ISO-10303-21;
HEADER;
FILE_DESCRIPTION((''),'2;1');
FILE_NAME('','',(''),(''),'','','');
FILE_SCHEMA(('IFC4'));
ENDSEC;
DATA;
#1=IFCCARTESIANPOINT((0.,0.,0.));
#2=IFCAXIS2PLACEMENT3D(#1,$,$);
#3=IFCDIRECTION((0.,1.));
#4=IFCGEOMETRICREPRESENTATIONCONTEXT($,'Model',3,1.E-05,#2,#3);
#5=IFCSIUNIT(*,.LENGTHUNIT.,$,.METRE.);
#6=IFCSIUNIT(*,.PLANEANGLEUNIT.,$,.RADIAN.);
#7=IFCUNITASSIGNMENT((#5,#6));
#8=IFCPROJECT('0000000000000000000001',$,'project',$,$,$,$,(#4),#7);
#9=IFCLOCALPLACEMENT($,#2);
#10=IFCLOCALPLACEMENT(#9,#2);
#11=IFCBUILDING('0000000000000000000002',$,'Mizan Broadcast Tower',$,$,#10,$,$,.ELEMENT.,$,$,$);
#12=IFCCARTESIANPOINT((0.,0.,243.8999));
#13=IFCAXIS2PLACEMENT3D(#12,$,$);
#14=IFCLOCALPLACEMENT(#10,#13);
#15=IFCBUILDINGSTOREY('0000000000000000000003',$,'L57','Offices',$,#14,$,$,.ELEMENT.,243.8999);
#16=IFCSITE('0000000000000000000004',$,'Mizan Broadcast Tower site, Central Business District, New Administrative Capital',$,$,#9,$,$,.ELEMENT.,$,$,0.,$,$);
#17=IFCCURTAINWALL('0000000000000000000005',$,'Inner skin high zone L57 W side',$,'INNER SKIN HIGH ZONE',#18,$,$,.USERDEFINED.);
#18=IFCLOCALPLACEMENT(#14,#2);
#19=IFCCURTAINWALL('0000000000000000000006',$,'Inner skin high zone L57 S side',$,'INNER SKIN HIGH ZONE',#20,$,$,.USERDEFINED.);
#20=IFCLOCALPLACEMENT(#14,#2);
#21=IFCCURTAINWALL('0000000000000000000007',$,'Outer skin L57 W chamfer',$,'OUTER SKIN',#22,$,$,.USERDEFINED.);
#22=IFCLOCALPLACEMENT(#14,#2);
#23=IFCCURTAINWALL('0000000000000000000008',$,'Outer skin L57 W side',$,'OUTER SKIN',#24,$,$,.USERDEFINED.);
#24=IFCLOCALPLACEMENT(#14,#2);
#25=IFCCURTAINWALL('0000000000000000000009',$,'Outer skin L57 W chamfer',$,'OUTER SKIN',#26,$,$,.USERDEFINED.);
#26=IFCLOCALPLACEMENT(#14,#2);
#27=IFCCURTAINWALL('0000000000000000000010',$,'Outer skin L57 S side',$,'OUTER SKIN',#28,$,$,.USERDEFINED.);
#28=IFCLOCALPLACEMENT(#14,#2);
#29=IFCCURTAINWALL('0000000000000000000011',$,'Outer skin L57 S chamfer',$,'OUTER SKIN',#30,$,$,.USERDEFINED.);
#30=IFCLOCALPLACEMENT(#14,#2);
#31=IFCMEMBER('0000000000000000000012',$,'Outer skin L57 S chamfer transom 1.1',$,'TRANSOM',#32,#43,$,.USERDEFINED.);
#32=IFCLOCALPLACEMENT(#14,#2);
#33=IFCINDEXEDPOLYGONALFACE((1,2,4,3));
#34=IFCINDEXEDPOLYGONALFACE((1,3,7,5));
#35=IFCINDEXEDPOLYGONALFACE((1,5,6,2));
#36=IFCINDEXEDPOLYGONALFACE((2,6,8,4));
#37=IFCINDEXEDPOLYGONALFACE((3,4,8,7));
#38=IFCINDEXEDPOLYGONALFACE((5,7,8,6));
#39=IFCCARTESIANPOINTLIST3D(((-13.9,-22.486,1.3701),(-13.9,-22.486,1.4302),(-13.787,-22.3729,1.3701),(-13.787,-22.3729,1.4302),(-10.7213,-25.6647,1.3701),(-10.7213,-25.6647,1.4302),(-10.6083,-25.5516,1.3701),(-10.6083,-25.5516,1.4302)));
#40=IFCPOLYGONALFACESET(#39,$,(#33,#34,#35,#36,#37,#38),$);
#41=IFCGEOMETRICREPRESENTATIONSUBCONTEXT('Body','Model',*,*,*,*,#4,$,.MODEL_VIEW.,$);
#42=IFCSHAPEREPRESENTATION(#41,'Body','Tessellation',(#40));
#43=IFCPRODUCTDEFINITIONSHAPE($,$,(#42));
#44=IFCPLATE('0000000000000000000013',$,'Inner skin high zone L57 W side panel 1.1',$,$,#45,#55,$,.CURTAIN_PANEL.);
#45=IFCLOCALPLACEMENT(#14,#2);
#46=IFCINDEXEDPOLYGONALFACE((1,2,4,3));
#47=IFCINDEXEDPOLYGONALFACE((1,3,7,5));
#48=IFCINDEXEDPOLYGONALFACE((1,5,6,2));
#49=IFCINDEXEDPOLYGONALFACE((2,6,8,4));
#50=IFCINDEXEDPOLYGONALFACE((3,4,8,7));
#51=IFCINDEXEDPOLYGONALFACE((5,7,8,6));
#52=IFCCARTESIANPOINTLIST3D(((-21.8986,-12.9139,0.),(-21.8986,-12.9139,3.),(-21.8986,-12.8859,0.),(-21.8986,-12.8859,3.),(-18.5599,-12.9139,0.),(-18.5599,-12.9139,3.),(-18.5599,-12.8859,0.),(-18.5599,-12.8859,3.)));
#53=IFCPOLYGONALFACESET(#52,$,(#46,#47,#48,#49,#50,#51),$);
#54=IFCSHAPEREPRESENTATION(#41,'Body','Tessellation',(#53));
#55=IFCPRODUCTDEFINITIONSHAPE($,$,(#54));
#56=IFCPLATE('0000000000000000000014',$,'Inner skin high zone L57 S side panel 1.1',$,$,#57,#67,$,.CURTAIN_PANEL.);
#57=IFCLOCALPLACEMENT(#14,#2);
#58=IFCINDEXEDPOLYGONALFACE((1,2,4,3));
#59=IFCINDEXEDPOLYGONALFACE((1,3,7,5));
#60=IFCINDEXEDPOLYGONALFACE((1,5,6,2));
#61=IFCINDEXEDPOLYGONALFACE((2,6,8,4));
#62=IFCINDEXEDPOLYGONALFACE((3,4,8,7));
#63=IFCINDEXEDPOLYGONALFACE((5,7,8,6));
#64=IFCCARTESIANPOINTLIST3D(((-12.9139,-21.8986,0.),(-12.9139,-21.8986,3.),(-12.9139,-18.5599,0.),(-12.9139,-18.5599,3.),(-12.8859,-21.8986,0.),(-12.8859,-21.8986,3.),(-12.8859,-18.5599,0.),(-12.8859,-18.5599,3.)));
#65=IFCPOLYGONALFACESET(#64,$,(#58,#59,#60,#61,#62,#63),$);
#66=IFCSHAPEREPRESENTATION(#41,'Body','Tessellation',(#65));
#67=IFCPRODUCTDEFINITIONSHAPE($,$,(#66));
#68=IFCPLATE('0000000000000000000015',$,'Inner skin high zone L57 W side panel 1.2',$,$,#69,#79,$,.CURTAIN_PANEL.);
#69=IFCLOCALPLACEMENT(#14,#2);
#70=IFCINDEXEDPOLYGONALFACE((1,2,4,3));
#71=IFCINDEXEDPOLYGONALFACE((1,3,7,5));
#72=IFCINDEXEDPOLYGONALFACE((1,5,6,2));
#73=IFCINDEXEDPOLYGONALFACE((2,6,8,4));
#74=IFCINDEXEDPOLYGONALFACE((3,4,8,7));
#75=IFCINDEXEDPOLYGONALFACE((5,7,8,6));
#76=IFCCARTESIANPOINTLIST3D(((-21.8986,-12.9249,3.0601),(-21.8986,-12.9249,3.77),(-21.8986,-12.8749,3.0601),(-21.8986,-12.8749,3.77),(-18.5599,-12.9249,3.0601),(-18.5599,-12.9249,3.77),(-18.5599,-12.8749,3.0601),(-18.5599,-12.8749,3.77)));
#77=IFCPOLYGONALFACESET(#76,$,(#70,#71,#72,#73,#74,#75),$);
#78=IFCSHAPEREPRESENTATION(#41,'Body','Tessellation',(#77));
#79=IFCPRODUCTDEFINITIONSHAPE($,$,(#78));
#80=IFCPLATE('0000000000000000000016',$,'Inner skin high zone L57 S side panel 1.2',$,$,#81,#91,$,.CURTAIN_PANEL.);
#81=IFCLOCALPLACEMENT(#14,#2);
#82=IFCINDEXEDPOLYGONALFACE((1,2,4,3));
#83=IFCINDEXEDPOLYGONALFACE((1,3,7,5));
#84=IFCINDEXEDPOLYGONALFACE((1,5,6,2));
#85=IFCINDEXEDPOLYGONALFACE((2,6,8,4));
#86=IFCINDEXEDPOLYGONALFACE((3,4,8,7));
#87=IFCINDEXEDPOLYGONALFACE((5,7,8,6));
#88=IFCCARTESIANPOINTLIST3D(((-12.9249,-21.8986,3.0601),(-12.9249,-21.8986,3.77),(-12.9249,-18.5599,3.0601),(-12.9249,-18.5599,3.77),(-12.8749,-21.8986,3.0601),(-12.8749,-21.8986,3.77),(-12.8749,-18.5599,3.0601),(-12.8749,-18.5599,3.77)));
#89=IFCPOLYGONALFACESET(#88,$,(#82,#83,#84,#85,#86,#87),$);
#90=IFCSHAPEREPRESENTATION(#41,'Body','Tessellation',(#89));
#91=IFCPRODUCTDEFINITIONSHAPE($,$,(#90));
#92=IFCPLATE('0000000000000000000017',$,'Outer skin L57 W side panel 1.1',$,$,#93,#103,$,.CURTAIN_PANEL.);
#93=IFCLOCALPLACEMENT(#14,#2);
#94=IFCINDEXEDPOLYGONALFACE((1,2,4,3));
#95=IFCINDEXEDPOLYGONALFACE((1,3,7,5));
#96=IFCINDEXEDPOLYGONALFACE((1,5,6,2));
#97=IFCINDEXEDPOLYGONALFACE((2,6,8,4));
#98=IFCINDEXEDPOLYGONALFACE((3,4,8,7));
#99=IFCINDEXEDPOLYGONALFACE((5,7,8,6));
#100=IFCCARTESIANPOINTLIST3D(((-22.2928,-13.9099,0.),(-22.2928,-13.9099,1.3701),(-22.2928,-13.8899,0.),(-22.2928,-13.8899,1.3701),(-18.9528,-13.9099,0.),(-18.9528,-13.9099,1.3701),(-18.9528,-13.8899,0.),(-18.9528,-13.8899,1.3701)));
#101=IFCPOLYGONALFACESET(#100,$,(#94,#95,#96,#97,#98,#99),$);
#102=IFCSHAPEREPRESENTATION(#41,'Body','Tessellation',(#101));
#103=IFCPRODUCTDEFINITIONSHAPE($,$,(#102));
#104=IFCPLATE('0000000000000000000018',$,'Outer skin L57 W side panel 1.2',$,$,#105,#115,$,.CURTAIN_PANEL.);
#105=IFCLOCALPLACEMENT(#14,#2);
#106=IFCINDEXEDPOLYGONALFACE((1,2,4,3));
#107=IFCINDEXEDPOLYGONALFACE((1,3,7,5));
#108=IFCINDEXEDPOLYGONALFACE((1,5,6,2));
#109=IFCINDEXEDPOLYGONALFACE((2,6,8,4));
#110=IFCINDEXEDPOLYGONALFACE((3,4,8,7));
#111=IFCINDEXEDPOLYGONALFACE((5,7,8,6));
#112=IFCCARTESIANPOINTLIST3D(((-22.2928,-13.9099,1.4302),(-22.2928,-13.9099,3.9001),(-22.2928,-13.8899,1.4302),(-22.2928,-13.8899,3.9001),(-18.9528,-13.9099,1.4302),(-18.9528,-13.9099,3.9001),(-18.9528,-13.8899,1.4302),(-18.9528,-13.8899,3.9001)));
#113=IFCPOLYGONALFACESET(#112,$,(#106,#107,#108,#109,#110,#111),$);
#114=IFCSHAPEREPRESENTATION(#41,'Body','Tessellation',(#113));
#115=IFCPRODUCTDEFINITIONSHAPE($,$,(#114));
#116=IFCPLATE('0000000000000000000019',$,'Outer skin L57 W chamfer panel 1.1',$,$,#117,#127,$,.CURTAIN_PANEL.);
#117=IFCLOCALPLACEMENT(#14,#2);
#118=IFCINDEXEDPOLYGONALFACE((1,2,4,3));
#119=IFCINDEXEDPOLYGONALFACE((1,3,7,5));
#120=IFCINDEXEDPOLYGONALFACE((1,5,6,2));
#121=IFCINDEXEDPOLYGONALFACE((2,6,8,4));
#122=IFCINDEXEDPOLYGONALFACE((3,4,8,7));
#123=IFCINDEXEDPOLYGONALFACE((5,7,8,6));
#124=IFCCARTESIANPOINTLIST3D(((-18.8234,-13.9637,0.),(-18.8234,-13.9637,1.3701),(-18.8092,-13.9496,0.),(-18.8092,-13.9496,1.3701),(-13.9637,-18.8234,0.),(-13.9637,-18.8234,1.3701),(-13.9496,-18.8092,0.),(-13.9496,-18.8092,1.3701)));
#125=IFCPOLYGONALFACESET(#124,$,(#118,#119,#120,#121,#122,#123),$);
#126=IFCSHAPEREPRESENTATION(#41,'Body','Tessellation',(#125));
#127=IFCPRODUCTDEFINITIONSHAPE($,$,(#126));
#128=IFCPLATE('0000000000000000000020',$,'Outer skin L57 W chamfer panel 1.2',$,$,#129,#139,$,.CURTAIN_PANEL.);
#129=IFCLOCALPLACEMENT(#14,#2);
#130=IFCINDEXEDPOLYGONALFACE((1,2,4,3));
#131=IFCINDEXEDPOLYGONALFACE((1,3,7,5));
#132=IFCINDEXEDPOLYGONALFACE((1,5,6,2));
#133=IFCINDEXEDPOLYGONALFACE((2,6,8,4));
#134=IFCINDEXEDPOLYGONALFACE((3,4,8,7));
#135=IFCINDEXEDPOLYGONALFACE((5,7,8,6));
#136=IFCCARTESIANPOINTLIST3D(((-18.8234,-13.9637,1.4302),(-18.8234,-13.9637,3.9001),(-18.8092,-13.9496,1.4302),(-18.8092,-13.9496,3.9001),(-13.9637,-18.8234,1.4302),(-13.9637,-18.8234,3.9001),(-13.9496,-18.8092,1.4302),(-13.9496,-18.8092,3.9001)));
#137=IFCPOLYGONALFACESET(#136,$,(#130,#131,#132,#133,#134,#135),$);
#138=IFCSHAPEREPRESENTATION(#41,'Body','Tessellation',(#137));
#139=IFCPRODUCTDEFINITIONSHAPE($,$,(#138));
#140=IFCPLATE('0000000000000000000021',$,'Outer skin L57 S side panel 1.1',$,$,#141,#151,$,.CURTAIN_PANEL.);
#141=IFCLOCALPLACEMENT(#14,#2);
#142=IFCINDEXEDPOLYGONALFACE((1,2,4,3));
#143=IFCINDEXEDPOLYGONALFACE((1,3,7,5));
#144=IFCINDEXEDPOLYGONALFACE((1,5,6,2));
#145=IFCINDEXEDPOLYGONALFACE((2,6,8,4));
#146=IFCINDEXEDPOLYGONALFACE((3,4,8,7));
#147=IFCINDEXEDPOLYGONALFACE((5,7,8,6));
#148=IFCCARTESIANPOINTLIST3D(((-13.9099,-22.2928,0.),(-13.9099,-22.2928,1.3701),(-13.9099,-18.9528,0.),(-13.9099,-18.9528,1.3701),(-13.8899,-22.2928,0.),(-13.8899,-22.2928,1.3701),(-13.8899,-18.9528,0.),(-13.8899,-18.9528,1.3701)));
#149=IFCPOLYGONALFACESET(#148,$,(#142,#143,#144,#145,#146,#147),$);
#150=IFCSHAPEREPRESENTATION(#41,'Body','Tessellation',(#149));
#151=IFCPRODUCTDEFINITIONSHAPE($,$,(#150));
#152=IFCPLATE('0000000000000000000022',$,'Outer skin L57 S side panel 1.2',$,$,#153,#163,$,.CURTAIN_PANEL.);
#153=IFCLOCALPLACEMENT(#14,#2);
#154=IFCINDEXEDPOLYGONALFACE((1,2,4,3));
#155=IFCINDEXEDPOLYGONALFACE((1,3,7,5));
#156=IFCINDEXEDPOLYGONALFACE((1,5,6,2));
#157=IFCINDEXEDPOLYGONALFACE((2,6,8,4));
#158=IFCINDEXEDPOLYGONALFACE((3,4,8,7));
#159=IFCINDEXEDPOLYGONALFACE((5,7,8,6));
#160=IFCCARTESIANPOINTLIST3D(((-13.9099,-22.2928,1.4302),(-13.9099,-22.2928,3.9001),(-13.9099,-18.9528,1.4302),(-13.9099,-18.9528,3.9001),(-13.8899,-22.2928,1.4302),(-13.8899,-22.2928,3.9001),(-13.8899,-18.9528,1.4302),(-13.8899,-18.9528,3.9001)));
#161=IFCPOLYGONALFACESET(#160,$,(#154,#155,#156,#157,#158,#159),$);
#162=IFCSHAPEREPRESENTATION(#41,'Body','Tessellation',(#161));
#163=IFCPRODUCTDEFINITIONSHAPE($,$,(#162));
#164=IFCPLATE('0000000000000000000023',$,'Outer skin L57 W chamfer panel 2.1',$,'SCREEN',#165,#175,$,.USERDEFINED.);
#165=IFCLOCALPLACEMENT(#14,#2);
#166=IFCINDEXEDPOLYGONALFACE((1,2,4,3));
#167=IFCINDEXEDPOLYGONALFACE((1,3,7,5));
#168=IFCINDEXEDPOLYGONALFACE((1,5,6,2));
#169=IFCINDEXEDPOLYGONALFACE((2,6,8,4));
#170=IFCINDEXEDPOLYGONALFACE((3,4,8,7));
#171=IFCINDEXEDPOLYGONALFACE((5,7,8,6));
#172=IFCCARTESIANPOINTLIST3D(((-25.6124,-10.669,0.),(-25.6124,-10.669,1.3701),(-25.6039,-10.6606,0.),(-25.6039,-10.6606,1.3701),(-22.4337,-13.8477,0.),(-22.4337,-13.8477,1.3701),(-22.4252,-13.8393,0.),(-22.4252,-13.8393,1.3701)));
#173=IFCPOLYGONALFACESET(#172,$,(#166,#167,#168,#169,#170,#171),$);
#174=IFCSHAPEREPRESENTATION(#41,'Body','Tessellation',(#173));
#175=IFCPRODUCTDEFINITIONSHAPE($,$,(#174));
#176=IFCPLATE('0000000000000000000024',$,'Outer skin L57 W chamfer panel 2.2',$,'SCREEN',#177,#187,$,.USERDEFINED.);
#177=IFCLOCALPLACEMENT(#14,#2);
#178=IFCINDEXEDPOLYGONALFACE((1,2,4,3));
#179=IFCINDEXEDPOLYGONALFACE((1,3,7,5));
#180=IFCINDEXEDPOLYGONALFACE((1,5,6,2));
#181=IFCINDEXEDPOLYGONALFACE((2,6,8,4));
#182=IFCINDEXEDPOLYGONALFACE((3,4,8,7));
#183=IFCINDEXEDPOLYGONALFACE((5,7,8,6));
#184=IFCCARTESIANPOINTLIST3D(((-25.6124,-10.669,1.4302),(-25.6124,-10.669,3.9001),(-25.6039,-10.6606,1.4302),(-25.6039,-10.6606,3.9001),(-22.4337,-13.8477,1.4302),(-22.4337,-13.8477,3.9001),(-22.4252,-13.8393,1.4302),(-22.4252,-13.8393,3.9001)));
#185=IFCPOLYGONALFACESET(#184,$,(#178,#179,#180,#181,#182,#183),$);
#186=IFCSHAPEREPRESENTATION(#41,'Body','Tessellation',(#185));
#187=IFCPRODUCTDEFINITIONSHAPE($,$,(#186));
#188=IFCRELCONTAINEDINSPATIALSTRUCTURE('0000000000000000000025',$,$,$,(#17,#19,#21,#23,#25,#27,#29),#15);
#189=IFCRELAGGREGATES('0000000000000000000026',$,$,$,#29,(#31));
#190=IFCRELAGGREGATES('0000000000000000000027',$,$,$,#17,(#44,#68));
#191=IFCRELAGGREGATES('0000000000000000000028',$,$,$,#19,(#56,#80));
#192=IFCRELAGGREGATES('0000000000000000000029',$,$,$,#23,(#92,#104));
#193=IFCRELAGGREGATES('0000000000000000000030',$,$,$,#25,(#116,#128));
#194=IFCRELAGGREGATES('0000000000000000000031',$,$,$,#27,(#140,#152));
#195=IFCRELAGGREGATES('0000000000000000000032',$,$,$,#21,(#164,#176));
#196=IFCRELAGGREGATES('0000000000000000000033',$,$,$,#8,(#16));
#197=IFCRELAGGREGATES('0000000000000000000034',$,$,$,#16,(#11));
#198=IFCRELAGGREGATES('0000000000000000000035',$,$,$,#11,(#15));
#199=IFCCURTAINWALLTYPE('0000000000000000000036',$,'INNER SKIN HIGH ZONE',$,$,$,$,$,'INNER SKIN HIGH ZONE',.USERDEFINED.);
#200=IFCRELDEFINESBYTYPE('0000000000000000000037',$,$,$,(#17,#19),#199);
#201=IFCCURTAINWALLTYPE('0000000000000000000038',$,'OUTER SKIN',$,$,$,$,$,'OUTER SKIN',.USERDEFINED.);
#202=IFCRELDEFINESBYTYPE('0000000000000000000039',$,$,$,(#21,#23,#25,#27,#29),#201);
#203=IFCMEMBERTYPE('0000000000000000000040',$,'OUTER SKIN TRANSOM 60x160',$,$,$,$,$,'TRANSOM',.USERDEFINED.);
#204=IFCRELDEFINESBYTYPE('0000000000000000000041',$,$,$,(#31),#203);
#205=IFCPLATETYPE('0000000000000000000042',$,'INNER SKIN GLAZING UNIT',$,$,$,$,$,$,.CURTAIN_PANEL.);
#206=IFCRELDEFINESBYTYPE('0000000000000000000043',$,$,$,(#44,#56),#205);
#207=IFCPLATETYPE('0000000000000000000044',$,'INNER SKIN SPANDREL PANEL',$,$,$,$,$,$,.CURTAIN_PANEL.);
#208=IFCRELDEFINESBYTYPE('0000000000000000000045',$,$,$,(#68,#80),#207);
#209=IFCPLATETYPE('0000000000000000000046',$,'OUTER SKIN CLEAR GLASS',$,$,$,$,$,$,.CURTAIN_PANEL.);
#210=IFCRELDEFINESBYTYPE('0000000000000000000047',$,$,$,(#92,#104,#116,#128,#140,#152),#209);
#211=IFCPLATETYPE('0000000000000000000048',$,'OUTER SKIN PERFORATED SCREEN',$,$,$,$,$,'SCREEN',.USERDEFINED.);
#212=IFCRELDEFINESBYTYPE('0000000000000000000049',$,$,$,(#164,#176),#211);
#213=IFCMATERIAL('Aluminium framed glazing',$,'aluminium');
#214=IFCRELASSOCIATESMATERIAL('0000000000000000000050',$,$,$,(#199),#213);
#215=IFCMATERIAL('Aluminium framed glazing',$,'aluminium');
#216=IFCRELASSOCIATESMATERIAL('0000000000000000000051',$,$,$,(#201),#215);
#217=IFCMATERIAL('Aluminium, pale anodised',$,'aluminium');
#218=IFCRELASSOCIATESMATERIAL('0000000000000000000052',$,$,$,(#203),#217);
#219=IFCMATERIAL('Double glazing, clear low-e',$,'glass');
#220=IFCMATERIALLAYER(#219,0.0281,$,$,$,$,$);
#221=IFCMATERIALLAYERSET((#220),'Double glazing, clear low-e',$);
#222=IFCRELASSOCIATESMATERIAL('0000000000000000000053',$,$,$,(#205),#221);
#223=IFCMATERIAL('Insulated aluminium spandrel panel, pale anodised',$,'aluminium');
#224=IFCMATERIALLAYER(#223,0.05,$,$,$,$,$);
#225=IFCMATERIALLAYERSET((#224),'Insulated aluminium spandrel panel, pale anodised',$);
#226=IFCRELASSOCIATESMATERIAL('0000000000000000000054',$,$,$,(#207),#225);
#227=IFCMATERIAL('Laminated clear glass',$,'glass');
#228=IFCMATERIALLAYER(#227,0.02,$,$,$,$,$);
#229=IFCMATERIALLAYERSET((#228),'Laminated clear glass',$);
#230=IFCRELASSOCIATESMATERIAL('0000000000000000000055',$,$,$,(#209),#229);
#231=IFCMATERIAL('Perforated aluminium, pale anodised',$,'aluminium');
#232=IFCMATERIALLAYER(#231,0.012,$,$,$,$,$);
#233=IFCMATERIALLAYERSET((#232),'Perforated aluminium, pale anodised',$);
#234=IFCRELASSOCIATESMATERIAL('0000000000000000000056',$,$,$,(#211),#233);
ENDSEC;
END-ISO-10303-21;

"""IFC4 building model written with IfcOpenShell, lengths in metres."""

from ifc_helpers import new_model, si_unit, direction, frame, origin, origin_2d, place, context, subcontext, project, spatial, rectangle, extrude, material, layer, layer_set, material_profile, profile_set, type_object, element, aggregate, save


model = new_model("IFC4")

# Units and contexts
model_context = context("Model", 3, precision=1e-05, world=origin(), true_north=direction((0.0, 1.0)))
body_context = subcontext(model_context, "Body", "Model", "MODEL_VIEW")
ifc_project = project(units=[si_unit("LENGTHUNIT", "METRE"), si_unit("PLANEANGLEUNIT", "RADIAN")], contexts=[model_context])

# Site, building, storey
site_placement = place(None, origin())
site = spatial("IfcSite", under=ifc_project, at=site_placement, Name="Mizan Broadcast Tower site, Central Business District, New Administrative Capital", CompositionType="ELEMENT", RefElevation=0.0)
building_placement = place(site_placement, origin())
building = spatial("IfcBuilding", under=site, at=building_placement, Name="Mizan Broadcast Tower", CompositionType="ELEMENT")
storey_placement = place(building_placement, frame((0.0, 0.0, 243.8999)))
storey = spatial("IfcBuildingStorey", under=building, at=storey_placement, Name="L57", Description="Offices", CompositionType="ELEMENT", Elevation=243.8999)

# Curtain walls
ifc_material_1 = material(Name="Aluminium framed glazing", Category="aluminium")
curtain_wall_type_1 = type_object("IfcCurtainWallType", Name="INNER SKIN HIGH ZONE", ElementType="INNER SKIN HIGH ZONE", PredefinedType="USERDEFINED", material=ifc_material_1)
curtain_wall_1_placement = place(storey_placement, origin())
curtain_wall_1 = element("IfcCurtainWall", 1, at=curtain_wall_1_placement, inside=storey, type_object=curtain_wall_type_1, Name="Inner skin high zone L57 W side", ObjectType="INNER SKIN HIGH ZONE", PredefinedType="USERDEFINED")
curtain_wall_2_placement = place(storey_placement, origin())
curtain_wall_2 = element("IfcCurtainWall", 2, at=curtain_wall_2_placement, inside=storey, type_object=curtain_wall_type_1, Name="Inner skin high zone L57 S side", ObjectType="INNER SKIN HIGH ZONE", PredefinedType="USERDEFINED")

# Curtain walls
ifc_material_2 = material(Name="Aluminium framed glazing", Category="aluminium")
curtain_wall_type_2 = type_object("IfcCurtainWallType", Name="OUTER SKIN", ElementType="OUTER SKIN", PredefinedType="USERDEFINED", material=ifc_material_2)
curtain_wall_3_placement = place(storey_placement, origin())
curtain_wall_3 = element("IfcCurtainWall", 3, at=curtain_wall_3_placement, inside=storey, type_object=curtain_wall_type_2, Name="Outer skin L57 W chamfer", ObjectType="OUTER SKIN", PredefinedType="USERDEFINED")
curtain_wall_4_placement = place(storey_placement, origin())
curtain_wall_4 = element("IfcCurtainWall", 4, at=curtain_wall_4_placement, inside=storey, type_object=curtain_wall_type_2, Name="Outer skin L57 W side", ObjectType="OUTER SKIN", PredefinedType="USERDEFINED")
curtain_wall_5_placement = place(storey_placement, origin())
curtain_wall_5 = element("IfcCurtainWall", 5, at=curtain_wall_5_placement, inside=storey, type_object=curtain_wall_type_2, Name="Outer skin L57 W chamfer", ObjectType="OUTER SKIN", PredefinedType="USERDEFINED")
curtain_wall_6_placement = place(storey_placement, origin())
curtain_wall_6 = element("IfcCurtainWall", 6, at=curtain_wall_6_placement, inside=storey, type_object=curtain_wall_type_2, Name="Outer skin L57 S side", ObjectType="OUTER SKIN", PredefinedType="USERDEFINED")

# Shared definitions
ifc_material_3 = material(Name="Aluminium, pale anodised", Category="aluminium")
ifc_material_profile_1 = material_profile(ifc_material_3, rectangle(XDim=0.1599, YDim=0.0601, at=origin_2d()), Name="TRANSOM 160x60")
ifc_profile_set_1 = profile_set([ifc_material_profile_1], Name="Aluminium, pale anodised")
member_type_1 = type_object("IfcMemberType", Name="OUTER SKIN TRANSOM 60x160", ElementType="TRANSOM", PredefinedType="USERDEFINED", material=ifc_profile_set_1)

# Curtain wall, member
curtain_wall_7_placement = place(storey_placement, origin())
curtain_wall_7 = element("IfcCurtainWall", 7, at=curtain_wall_7_placement, inside=storey, type_object=curtain_wall_type_2, Name="Outer skin L57 S chamfer", ObjectType="OUTER SKIN", PredefinedType="USERDEFINED")
member_1_placement = place(storey_placement, frame((-13.8435, -22.4294, 1.4001), z_axis=(0.707107, -0.707107, 0.0), x_axis=(0.707107, 0.707107, 0.0)))
member_1 = element("IfcMember", 8, at=member_1_placement, type_object=member_type_1, Name="Outer skin L57 S chamfer transom 1.1", ObjectType="TRANSOM", PredefinedType="USERDEFINED", context=body_context, shape_type="SweptSolid", body=[
    extrude(rectangle(XDim=0.1599, YDim=0.0601, at=origin_2d()), origin(), (0.0, 0.0, 1.0), 4.4954),
])
aggregate(curtain_wall_7, [member_1])

# Plates
ifc_material_4 = material(Name="Double glazing, clear low-e", Category="glass")
ifc_layer_1 = layer(ifc_material_4, 0.0281)
ifc_layer_set_1 = layer_set([ifc_layer_1], Name="Double glazing, clear low-e")
plate_type_1 = type_object("IfcPlateType", Name="INNER SKIN GLAZING UNIT", PredefinedType="CURTAIN_PANEL", material=ifc_layer_set_1)
plate_1_placement = place(storey_placement, frame((-20.2292, -12.8999, 0.0), z_axis=(0.0, 0.0, 1.0), x_axis=(1.0, 0.0, 0.0)))
plate_1 = element("IfcPlate", 9, at=plate_1_placement, type_object=plate_type_1, Name="Inner skin high zone L57 W side panel 1.1", PredefinedType="CURTAIN_PANEL", context=body_context, shape_type="SweptSolid", body=[
    extrude(rectangle(XDim=3.3386, YDim=0.0281, at=origin_2d()), origin(), (0.0, 0.0, 1.0), 3.0),
])
plate_2_placement = place(storey_placement, frame((-12.8999, -20.2292, 0.0), z_axis=(0.0, 0.0, 1.0), x_axis=(0.0, -1.0, 0.0)))
plate_2 = element("IfcPlate", 10, at=plate_2_placement, type_object=plate_type_1, Name="Inner skin high zone L57 S side panel 1.1", PredefinedType="CURTAIN_PANEL", context=body_context, shape_type="SweptSolid", body=[
    extrude(rectangle(XDim=3.3386, YDim=0.0281, at=origin_2d()), origin(), (0.0, 0.0, 1.0), 3.0),
])
ifc_material_5 = material(Name="Insulated aluminium spandrel panel, pale anodised", Category="aluminium")
ifc_layer_2 = layer(ifc_material_5, 0.05)
ifc_layer_set_2 = layer_set([ifc_layer_2], Name="Insulated aluminium spandrel panel, pale anodised")
plate_type_2 = type_object("IfcPlateType", Name="INNER SKIN SPANDREL PANEL", PredefinedType="CURTAIN_PANEL", material=ifc_layer_set_2)
plate_3_placement = place(storey_placement, frame((-20.2292, -12.8999, 3.0601), z_axis=(0.0, 0.0, 1.0), x_axis=(1.0, 0.0, 0.0)))
plate_3 = element("IfcPlate", 11, at=plate_3_placement, type_object=plate_type_2, Name="Inner skin high zone L57 W side panel 1.2", PredefinedType="CURTAIN_PANEL", context=body_context, shape_type="SweptSolid", body=[
    extrude(rectangle(XDim=3.3386, YDim=0.05, at=origin_2d()), origin(), (0.0, 0.0, 1.0), 0.71),
])
aggregate(curtain_wall_1, [plate_1, plate_3])
plate_4_placement = place(storey_placement, frame((-12.8999, -20.2292, 3.0601), z_axis=(0.0, 0.0, 1.0), x_axis=(0.0, -1.0, 0.0)))
plate_4 = element("IfcPlate", 12, at=plate_4_placement, type_object=plate_type_2, Name="Inner skin high zone L57 S side panel 1.2", PredefinedType="CURTAIN_PANEL", context=body_context, shape_type="SweptSolid", body=[
    extrude(rectangle(XDim=3.3386, YDim=0.05, at=origin_2d()), origin(), (0.0, 0.0, 1.0), 0.71),
])
aggregate(curtain_wall_2, [plate_2, plate_4])
ifc_material_6 = material(Name="Laminated clear glass", Category="glass")
ifc_layer_3 = layer(ifc_material_6, 0.02)
ifc_layer_set_3 = layer_set([ifc_layer_3], Name="Laminated clear glass")
plate_type_3 = type_object("IfcPlateType", Name="OUTER SKIN CLEAR GLASS", PredefinedType="CURTAIN_PANEL", material=ifc_layer_set_3)
plate_5_placement = place(storey_placement, frame((-20.6228, -13.8999, 0.0), z_axis=(0.0, 0.0, 1.0), x_axis=(1.0, 0.0, 0.0)))
plate_5 = element("IfcPlate", 13, at=plate_5_placement, type_object=plate_type_3, Name="Outer skin L57 W side panel 1.1", PredefinedType="CURTAIN_PANEL", context=body_context, shape_type="SweptSolid", body=[
    extrude(rectangle(XDim=3.3401, YDim=0.02, at=origin_2d()), origin(), (0.0, 0.0, 1.0), 1.3701),
])
plate_6_placement = place(storey_placement, frame((-20.6228, -13.8999, 1.4302), z_axis=(0.0, 0.0, 1.0), x_axis=(1.0, 0.0, 0.0)))
plate_6 = element("IfcPlate", 14, at=plate_6_placement, type_object=plate_type_3, Name="Outer skin L57 W side panel 1.2", PredefinedType="CURTAIN_PANEL", context=body_context, shape_type="SweptSolid", body=[
    extrude(rectangle(XDim=3.3401, YDim=0.02, at=origin_2d()), origin(), (0.0, 0.0, 1.0), 2.47),
])
aggregate(curtain_wall_4, [plate_5, plate_6])
plate_7_placement = place(storey_placement, frame((-16.3865, -16.3865, 0.0), z_axis=(0.0, 0.0, 1.0), x_axis=(0.707107, -0.707107, 0.0)))
plate_7 = element("IfcPlate", 15, at=plate_7_placement, type_object=plate_type_3, Name="Outer skin L57 W chamfer panel 1.1", PredefinedType="CURTAIN_PANEL", context=body_context, shape_type="SweptSolid", body=[
    extrude(rectangle(XDim=6.8726, YDim=0.02, at=origin_2d()), origin(), (0.0, 0.0, 1.0), 1.3701),
])
plate_8_placement = place(storey_placement, frame((-16.3865, -16.3865, 1.4302), z_axis=(0.0, 0.0, 1.0), x_axis=(0.707107, -0.707107, 0.0)))
plate_8 = element("IfcPlate", 16, at=plate_8_placement, type_object=plate_type_3, Name="Outer skin L57 W chamfer panel 1.2", PredefinedType="CURTAIN_PANEL", context=body_context, shape_type="SweptSolid", body=[
    extrude(rectangle(XDim=6.8726, YDim=0.02, at=origin_2d()), origin(), (0.0, 0.0, 1.0), 2.47),
])
aggregate(curtain_wall_5, [plate_7, plate_8])
plate_9_placement = place(storey_placement, frame((-13.8999, -20.6228, 0.0), z_axis=(0.0, 0.0, 1.0), x_axis=(0.0, -1.0, 0.0)))
plate_9 = element("IfcPlate", 17, at=plate_9_placement, type_object=plate_type_3, Name="Outer skin L57 S side panel 1.1", PredefinedType="CURTAIN_PANEL", context=body_context, shape_type="SweptSolid", body=[
    extrude(rectangle(XDim=3.3401, YDim=0.02, at=origin_2d()), origin(), (0.0, 0.0, 1.0), 1.3701),
])
plate_10_placement = place(storey_placement, frame((-13.8999, -20.6228, 1.4302), z_axis=(0.0, 0.0, 1.0), x_axis=(0.0, -1.0, 0.0)))
plate_10 = element("IfcPlate", 18, at=plate_10_placement, type_object=plate_type_3, Name="Outer skin L57 S side panel 1.2", PredefinedType="CURTAIN_PANEL", context=body_context, shape_type="SweptSolid", body=[
    extrude(rectangle(XDim=3.3401, YDim=0.02, at=origin_2d()), origin(), (0.0, 0.0, 1.0), 2.47),
])
aggregate(curtain_wall_6, [plate_9, plate_10])
ifc_material_7 = material(Name="Perforated aluminium, pale anodised", Category="aluminium")
ifc_layer_4 = layer(ifc_material_7, 0.012)
ifc_layer_set_4 = layer_set([ifc_layer_4], Name="Perforated aluminium, pale anodised")
plate_type_4 = type_object("IfcPlateType", Name="OUTER SKIN PERFORATED SCREEN", ElementType="SCREEN", PredefinedType="USERDEFINED", material=ifc_layer_set_4)
plate_11_placement = place(storey_placement, frame((-24.0188, -12.2542, 0.0), z_axis=(0.0, 0.0, 1.0), x_axis=(0.707107, -0.707107, 0.0)))
plate_11 = element("IfcPlate", 19, at=plate_11_placement, type_object=plate_type_4, Name="Outer skin L57 W chamfer panel 2.1", ObjectType="SCREEN", PredefinedType="USERDEFINED", context=body_context, shape_type="SweptSolid", body=[
    extrude(rectangle(XDim=4.4954, YDim=0.012, at=origin_2d()), origin(), (0.0, 0.0, 1.0), 1.3701),
])
plate_12_placement = place(storey_placement, frame((-24.0188, -12.2542, 1.4302), z_axis=(0.0, 0.0, 1.0), x_axis=(0.707107, -0.707107, 0.0)))
plate_12 = element("IfcPlate", 20, at=plate_12_placement, type_object=plate_type_4, Name="Outer skin L57 W chamfer panel 2.2", ObjectType="SCREEN", PredefinedType="USERDEFINED", context=body_context, shape_type="SweptSolid", body=[
    extrude(rectangle(XDim=4.4954, YDim=0.012, at=origin_2d()), origin(), (0.0, 0.0, 1.0), 2.47),
])
aggregate(curtain_wall_3, [plate_11, plate_12])

save(model, "model.ifc")
